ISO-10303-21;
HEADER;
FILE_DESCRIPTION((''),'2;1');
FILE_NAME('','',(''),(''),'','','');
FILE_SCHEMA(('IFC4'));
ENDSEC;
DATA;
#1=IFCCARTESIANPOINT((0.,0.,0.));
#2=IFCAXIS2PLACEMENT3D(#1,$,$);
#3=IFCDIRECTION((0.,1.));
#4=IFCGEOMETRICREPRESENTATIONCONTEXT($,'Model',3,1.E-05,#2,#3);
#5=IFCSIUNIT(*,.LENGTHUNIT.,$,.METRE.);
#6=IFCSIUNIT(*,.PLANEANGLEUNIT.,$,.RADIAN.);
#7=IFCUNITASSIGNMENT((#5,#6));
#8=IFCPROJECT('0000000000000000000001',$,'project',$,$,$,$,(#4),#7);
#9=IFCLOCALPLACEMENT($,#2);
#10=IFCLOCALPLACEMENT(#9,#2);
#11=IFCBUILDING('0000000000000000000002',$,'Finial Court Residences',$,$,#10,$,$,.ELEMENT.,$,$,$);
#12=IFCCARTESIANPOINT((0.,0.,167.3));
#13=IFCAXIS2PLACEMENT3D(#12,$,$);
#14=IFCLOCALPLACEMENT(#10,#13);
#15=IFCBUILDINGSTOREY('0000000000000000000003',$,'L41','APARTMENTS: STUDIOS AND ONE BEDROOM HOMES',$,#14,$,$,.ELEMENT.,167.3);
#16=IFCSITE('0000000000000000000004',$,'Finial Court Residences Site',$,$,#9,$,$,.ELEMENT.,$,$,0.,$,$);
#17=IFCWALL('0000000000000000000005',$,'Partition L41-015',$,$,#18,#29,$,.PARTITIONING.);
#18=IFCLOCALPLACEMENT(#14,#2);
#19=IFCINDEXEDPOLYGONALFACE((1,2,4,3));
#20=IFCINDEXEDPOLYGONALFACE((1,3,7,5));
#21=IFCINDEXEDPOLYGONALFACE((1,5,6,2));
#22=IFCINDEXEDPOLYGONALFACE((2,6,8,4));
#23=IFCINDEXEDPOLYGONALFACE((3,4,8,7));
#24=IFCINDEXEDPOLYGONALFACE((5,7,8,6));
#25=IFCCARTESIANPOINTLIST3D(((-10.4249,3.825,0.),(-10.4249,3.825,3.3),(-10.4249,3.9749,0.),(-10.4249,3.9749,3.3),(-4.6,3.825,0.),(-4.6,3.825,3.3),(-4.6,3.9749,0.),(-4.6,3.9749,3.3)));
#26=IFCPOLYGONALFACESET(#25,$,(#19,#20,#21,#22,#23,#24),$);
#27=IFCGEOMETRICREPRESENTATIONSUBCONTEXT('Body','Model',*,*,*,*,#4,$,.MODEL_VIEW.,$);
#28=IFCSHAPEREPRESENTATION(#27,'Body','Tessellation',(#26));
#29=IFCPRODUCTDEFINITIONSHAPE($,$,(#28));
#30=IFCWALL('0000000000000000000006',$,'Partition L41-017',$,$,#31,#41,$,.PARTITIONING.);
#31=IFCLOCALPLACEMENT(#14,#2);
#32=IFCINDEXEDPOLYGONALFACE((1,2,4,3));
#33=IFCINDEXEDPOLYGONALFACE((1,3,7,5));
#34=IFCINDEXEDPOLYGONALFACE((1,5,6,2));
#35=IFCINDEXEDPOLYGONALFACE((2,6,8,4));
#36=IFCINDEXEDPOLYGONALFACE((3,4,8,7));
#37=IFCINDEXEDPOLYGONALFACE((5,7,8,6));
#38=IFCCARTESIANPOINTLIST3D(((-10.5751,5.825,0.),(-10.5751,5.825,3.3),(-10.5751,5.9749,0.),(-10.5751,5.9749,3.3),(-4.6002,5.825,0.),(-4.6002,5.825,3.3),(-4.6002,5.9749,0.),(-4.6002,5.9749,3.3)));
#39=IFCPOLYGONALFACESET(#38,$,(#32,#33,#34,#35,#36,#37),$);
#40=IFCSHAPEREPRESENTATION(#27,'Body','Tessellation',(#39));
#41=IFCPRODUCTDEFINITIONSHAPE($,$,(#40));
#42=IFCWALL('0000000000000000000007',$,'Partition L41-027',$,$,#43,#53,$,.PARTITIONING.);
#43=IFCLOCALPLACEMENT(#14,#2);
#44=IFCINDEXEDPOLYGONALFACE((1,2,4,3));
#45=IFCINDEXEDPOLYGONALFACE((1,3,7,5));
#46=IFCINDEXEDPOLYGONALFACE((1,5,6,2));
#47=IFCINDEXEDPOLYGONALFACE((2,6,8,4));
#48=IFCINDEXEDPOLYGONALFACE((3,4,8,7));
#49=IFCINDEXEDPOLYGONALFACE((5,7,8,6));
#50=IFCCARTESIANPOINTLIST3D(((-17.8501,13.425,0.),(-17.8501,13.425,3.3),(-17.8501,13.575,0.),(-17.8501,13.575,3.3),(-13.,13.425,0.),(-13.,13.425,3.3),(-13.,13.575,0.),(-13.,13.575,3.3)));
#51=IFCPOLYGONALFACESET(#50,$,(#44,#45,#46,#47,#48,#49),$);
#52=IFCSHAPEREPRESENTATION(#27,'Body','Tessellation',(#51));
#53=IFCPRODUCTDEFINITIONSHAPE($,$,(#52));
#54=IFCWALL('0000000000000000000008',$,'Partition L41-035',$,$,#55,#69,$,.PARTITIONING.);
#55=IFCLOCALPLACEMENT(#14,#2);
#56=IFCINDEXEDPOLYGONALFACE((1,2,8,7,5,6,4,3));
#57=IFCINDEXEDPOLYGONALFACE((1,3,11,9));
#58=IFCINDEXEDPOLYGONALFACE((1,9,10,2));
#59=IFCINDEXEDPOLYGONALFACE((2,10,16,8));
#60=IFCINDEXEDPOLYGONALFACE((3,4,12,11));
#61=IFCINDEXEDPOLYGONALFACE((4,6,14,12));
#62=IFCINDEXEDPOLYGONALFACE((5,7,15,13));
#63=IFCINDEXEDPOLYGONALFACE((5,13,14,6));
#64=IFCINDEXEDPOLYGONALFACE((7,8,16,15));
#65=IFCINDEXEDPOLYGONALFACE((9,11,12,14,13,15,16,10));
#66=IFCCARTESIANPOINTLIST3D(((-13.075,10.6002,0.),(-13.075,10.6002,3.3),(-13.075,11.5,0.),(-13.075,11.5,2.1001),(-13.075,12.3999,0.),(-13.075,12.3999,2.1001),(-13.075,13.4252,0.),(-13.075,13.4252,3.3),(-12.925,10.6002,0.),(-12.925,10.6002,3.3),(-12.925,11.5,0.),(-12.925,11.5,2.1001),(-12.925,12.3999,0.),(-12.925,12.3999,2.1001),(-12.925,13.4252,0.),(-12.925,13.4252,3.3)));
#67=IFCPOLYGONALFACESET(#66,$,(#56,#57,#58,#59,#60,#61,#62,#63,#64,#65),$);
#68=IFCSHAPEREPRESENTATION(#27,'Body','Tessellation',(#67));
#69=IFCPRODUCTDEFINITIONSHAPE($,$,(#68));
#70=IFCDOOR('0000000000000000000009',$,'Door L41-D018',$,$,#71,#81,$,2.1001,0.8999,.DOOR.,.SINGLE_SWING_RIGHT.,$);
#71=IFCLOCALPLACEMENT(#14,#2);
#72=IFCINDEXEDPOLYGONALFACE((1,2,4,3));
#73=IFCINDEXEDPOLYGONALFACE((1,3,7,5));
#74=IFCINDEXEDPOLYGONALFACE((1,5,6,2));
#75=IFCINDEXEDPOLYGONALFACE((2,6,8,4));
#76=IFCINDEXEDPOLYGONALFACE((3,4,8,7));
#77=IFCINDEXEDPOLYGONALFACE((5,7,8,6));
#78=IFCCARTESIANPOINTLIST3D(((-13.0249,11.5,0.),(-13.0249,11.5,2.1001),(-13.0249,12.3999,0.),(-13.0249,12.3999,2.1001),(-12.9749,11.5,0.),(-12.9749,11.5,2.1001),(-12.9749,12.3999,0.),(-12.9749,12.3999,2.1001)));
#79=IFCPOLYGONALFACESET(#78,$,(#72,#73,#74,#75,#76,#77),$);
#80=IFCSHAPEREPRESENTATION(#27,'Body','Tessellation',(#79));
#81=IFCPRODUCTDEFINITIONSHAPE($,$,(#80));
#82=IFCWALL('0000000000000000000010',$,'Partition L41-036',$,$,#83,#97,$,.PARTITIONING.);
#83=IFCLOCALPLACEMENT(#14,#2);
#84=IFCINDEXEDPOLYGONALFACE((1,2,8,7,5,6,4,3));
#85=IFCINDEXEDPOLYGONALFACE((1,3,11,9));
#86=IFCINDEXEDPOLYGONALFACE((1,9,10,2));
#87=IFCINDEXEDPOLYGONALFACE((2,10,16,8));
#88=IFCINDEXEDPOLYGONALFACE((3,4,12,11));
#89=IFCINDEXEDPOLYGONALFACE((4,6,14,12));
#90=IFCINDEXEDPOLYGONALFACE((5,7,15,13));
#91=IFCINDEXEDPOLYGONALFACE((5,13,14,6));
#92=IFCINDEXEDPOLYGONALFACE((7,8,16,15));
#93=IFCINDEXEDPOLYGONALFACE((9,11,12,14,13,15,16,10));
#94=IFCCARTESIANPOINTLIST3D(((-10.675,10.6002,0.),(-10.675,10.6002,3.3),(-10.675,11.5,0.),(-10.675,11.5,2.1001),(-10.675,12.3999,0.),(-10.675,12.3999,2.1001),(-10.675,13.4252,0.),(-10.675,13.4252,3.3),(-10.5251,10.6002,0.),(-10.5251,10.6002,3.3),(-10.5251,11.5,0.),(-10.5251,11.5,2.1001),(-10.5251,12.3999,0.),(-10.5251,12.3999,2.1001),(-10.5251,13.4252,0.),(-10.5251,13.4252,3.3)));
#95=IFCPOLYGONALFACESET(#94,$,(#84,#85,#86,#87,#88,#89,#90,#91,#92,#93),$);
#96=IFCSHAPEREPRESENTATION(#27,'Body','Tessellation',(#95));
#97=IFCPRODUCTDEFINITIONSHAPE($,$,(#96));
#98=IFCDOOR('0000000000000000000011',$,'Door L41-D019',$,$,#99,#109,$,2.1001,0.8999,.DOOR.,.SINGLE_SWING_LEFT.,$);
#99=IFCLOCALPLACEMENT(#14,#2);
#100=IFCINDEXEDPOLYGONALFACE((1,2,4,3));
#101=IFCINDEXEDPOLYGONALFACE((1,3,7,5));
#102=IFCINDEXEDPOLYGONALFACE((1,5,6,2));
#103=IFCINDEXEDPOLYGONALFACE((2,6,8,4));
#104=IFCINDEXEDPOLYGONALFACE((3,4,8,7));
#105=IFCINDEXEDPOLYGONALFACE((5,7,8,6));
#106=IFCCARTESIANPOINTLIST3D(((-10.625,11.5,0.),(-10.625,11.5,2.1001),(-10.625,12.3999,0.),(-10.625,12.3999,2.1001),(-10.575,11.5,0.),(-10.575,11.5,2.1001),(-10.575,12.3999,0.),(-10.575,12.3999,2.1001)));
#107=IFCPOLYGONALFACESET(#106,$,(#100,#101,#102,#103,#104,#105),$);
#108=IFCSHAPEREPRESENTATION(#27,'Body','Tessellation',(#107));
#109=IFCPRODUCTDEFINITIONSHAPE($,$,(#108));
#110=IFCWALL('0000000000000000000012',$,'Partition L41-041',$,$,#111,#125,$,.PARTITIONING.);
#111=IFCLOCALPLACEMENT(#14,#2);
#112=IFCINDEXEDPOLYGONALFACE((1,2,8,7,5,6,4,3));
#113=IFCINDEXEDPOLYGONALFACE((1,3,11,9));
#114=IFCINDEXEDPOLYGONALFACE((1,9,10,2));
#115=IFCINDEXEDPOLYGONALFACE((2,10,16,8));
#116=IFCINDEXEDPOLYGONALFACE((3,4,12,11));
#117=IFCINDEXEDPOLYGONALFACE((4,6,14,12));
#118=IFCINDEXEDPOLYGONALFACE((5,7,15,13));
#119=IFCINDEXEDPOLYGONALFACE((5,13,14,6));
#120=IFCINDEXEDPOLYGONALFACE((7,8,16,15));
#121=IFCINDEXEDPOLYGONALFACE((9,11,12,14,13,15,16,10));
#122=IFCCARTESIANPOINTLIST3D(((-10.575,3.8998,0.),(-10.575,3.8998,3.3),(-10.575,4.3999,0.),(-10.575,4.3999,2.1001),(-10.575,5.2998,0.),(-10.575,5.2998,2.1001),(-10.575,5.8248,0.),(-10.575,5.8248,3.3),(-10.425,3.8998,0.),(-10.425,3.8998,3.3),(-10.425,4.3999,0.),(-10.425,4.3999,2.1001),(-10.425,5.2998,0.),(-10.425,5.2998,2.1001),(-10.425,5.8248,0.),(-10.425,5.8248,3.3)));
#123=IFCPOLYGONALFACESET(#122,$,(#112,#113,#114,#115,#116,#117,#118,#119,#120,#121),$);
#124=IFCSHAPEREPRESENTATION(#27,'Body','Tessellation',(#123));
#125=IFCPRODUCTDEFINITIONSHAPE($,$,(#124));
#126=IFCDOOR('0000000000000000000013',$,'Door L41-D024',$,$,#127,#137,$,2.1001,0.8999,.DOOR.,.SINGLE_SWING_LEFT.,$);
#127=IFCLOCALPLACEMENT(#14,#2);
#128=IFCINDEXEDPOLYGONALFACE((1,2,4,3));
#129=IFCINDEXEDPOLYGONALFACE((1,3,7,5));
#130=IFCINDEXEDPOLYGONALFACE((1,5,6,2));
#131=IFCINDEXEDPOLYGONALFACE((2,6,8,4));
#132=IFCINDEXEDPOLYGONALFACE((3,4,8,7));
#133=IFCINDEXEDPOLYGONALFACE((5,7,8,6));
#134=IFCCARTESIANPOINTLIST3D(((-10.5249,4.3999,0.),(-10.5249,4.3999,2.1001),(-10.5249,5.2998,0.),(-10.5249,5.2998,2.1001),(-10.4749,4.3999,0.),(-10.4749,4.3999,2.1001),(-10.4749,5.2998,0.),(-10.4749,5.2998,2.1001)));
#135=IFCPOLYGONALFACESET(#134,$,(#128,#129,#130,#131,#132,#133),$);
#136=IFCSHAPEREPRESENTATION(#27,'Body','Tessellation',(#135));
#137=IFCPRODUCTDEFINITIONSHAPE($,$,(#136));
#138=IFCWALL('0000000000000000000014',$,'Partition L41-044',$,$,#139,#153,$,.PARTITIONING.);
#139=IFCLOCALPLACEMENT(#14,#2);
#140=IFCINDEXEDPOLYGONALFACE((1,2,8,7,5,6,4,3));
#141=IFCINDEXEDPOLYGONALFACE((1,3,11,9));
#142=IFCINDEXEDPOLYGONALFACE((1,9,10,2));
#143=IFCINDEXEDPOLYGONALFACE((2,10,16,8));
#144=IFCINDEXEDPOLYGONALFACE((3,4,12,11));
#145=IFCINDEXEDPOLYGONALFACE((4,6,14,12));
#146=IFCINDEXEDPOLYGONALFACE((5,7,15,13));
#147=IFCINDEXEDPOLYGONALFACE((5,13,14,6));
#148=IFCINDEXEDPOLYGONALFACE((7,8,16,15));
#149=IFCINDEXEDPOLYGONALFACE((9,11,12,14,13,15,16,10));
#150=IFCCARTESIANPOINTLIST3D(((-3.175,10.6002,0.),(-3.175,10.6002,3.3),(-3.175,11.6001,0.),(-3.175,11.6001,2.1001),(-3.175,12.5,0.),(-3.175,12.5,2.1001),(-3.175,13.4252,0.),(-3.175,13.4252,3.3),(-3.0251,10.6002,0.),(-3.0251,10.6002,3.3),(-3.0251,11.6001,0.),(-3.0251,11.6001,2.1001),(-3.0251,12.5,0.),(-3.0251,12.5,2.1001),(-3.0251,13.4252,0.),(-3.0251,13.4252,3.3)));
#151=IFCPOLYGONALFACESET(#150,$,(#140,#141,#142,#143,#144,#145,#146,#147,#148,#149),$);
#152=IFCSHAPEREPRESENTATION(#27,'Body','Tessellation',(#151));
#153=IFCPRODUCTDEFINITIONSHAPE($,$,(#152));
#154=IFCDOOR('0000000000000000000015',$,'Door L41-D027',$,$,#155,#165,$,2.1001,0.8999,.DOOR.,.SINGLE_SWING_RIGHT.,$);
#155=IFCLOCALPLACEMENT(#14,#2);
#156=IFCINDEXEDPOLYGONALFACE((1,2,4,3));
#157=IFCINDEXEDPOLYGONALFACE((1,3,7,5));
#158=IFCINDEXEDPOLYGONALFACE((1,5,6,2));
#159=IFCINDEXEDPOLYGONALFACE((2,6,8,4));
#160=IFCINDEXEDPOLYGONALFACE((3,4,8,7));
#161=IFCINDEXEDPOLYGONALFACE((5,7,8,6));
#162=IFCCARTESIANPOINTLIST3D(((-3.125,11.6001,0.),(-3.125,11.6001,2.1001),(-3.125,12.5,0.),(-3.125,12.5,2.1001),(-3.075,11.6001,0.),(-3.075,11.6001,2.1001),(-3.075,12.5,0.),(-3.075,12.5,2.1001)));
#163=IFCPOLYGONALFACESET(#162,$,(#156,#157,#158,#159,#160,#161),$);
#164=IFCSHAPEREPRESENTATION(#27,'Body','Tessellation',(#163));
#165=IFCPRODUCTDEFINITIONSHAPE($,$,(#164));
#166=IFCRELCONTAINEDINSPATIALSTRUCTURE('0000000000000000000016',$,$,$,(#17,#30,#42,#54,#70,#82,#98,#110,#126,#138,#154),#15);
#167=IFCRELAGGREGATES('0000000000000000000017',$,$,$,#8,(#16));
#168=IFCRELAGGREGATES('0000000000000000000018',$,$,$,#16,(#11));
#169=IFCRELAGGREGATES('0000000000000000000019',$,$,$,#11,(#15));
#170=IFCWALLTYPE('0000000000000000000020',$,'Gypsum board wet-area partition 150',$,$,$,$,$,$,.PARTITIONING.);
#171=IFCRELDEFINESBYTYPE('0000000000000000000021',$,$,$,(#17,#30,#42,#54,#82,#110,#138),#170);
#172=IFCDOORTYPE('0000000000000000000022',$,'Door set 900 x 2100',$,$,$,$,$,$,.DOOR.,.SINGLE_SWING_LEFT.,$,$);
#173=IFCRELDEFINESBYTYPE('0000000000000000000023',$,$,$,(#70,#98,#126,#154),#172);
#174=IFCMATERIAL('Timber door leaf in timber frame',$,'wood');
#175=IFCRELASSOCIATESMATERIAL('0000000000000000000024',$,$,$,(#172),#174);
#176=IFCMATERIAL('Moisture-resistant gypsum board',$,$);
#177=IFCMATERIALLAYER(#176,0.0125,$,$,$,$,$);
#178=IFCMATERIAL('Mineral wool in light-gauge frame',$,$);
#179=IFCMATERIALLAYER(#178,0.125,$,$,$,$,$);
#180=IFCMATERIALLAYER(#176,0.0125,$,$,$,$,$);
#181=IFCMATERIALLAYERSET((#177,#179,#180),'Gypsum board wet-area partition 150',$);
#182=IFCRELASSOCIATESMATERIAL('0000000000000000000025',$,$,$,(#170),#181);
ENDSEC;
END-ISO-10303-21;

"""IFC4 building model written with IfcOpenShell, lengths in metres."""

from ifc_helpers import new_model, si_unit, direction, frame, frame_2d, origin, place, context, subcontext, project, spatial, rectangle, extrude, material, layer, layer_set, type_object, element, fill, save


model = new_model("IFC4")

# Units and contexts
model_context = context("Model", 3, precision=1e-05, world=origin(), true_north=direction((0.0, 1.0)))
body_context = subcontext(model_context, "Body", "Model", "MODEL_VIEW")
ifc_project = project(units=[si_unit("LENGTHUNIT", "METRE"), si_unit("PLANEANGLEUNIT", "RADIAN")], contexts=[model_context])

# Site, building, storey
site_placement = place(None, origin())
site = spatial("IfcSite", under=ifc_project, at=site_placement, Name="Finial Court Residences Site", CompositionType="ELEMENT", RefElevation=0.0)
building_placement = place(site_placement, origin())
building = spatial("IfcBuilding", under=site, at=building_placement, Name="Finial Court Residences", CompositionType="ELEMENT")
storey_placement = place(building_placement, frame((0.0, 0.0, 167.3)))
storey = spatial("IfcBuildingStorey", under=building, at=storey_placement, Name="L41", Description="APARTMENTS: STUDIOS AND ONE BEDROOM HOMES", CompositionType="ELEMENT", Elevation=167.3)

# Shared definitions
ifc_material_1 = material(Name="Mineral wool in light-gauge frame")
ifc_material_2 = material(Name="Timber door leaf in timber frame", Category="wood")
door_type = type_object("IfcDoorType", Name="Door set 900 x 2100", OperationType="SINGLE_SWING_LEFT", PredefinedType="DOOR", material=ifc_material_2)

# Walls
ifc_material_3 = material(Name="Moisture-resistant gypsum board")
ifc_layer_1 = layer(ifc_material_3, 0.0125)
ifc_layer_2 = layer(ifc_material_1, 0.125)
ifc_layer_3 = layer(ifc_material_3, 0.0125)
ifc_layer_set_1 = layer_set([ifc_layer_1, ifc_layer_2, ifc_layer_3], Name="Gypsum board wet-area partition 150")
wall_type_1 = type_object("IfcWallType", Name="Gypsum board wet-area partition 150", PredefinedType="PARTITIONING", material=ifc_layer_set_1)
wall_1_placement = place(storey_placement, frame((-10.425, 3.8999, 0.0), z_axis=(0.0, 0.0, 1.0), x_axis=(1.0, 0.0, 0.0)))
element("IfcWall", 1, at=wall_1_placement, inside=storey, type_object=wall_type_1, Name="Partition L41-015", PredefinedType="PARTITIONING", context=body_context, shape_type="SweptSolid", body=[
    extrude(rectangle(XDim=5.825, YDim=0.1499, at=frame_2d((2.9126, 0.0))), origin(), (0.0, 0.0, 1.0), 3.3),
])
wall_2_placement = place(storey_placement, frame((-10.575, 5.8999, 0.0), z_axis=(0.0, 0.0, 1.0), x_axis=(1.0, 0.0, 0.0)))
element("IfcWall", 2, at=wall_2_placement, inside=storey, type_object=wall_type_1, Name="Partition L41-017", PredefinedType="PARTITIONING", context=body_context, shape_type="SweptSolid", body=[
    extrude(rectangle(XDim=5.9749, YDim=0.1499, at=frame_2d((2.9873, 0.0))), origin(), (0.0, 0.0, 1.0), 3.3),
])
wall_3_placement = place(storey_placement, frame((-17.8501, 13.5, 0.0), z_axis=(0.0, 0.0, 1.0), x_axis=(1.0, 0.0, 0.0)))
element("IfcWall", 3, at=wall_3_placement, inside=storey, type_object=wall_type_1, Name="Partition L41-027", PredefinedType="PARTITIONING", context=body_context, shape_type="SweptSolid", body=[
    extrude(rectangle(XDim=4.8501, YDim=0.1499, at=frame_2d((2.425, 0.0))), origin(), (0.0, 0.0, 1.0), 3.3),
])

# Walls, openings, doors
wall_4_placement = place(storey_placement, frame((-13.0, 10.6001, 0.0), z_axis=(0.0, 0.0, 1.0), x_axis=(0.0, 1.0, 0.0)))
wall_4 = element("IfcWall", 4, at=wall_4_placement, inside=storey, type_object=wall_type_1, Name="Partition L41-035", PredefinedType="PARTITIONING", context=body_context, shape_type="SweptSolid", body=[
    extrude(rectangle(XDim=2.825, YDim=0.1499, at=frame_2d((1.4126, 0.0))), origin(), (0.0, 0.0, 1.0), 3.3),
])
opening_1_placement = place(wall_4_placement, frame((0.8999, 0.0, 0.0)))
opening_1 = element("IfcOpeningElement", 5, at=opening_1_placement, cuts=wall_4, PredefinedType="OPENING", context=body_context, shape_type="SweptSolid", body=[
    extrude(rectangle(XDim=0.8999, YDim=2.1001, at=frame_2d((0.45, 1.05))), frame((0.0, 0.085, 0.0), z_axis=(0.0, -1.0, 0.0), x_axis=(1.0, 0.0, 0.0)), (0.0, 0.0, 1.0), 0.1699),
])
door_1_placement = place(opening_1_placement, origin())
door_1 = element("IfcDoor", 6, at=door_1_placement, inside=storey, type_object=door_type, Name="Door L41-D018", OperationType="SINGLE_SWING_RIGHT", OverallHeight=2.1001, OverallWidth=0.8999, PredefinedType="DOOR", context=body_context, shape_type="SweptSolid", body=[
    extrude(rectangle(XDim=0.8999, YDim=2.1001, at=frame_2d((0.45, 1.05))), frame((0.0, 0.0249, 0.0), z_axis=(0.0, -1.0, 0.0), x_axis=(1.0, 0.0, 0.0)), (0.0, 0.0, 1.0), 0.05),
])
fill(opening_1, door_1)
wall_5_placement = place(storey_placement, frame((-10.6001, 10.6001, 0.0), z_axis=(0.0, 0.0, 1.0), x_axis=(0.0, 1.0, 0.0)))
wall_5 = element("IfcWall", 7, at=wall_5_placement, inside=storey, type_object=wall_type_1, Name="Partition L41-036", PredefinedType="PARTITIONING", context=body_context, shape_type="SweptSolid", body=[
    extrude(rectangle(XDim=2.825, YDim=0.1499, at=frame_2d((1.4126, 0.0))), origin(), (0.0, 0.0, 1.0), 3.3),
])
opening_2_placement = place(wall_5_placement, frame((0.8999, 0.0, 0.0)))
opening_2 = element("IfcOpeningElement", 8, at=opening_2_placement, cuts=wall_5, PredefinedType="OPENING", context=body_context, shape_type="SweptSolid", body=[
    extrude(rectangle(XDim=0.8999, YDim=2.1001, at=frame_2d((0.45, 1.05))), frame((0.0, 0.085, 0.0), z_axis=(0.0, -1.0, 0.0), x_axis=(1.0, 0.0, 0.0)), (0.0, 0.0, 1.0), 0.1699),
])
door_2_placement = place(opening_2_placement, origin())
door_2 = element("IfcDoor", 9, at=door_2_placement, inside=storey, type_object=door_type, Name="Door L41-D019", OperationType="SINGLE_SWING_LEFT", OverallHeight=2.1001, OverallWidth=0.8999, PredefinedType="DOOR", context=body_context, shape_type="SweptSolid", body=[
    extrude(rectangle(XDim=0.8999, YDim=2.1001, at=frame_2d((0.45, 1.05))), frame((0.0, 0.0249, 0.0), z_axis=(0.0, -1.0, 0.0), x_axis=(1.0, 0.0, 0.0)), (0.0, 0.0, 1.0), 0.05),
])
fill(opening_2, door_2)
wall_6_placement = place(storey_placement, frame((-10.5, 3.8999, 0.0), z_axis=(0.0, 0.0, 1.0), x_axis=(0.0, 1.0, 0.0)))
wall_6 = element("IfcWall", 10, at=wall_6_placement, inside=storey, type_object=wall_type_1, Name="Partition L41-041", PredefinedType="PARTITIONING", context=body_context, shape_type="SweptSolid", body=[
    extrude(rectangle(XDim=1.925, YDim=0.1499, at=frame_2d((0.9624, 0.0))), origin(), (0.0, 0.0, 1.0), 3.3),
])
opening_3_placement = place(wall_6_placement, frame((0.5, 0.0, 0.0)))
opening_3 = element("IfcOpeningElement", 11, at=opening_3_placement, cuts=wall_6, PredefinedType="OPENING", context=body_context, shape_type="SweptSolid", body=[
    extrude(rectangle(XDim=0.8999, YDim=2.1001, at=frame_2d((0.45, 1.05))), frame((0.0, 0.085, 0.0), z_axis=(0.0, -1.0, 0.0), x_axis=(1.0, 0.0, 0.0)), (0.0, 0.0, 1.0), 0.1699),
])
door_3_placement = place(opening_3_placement, origin())
door_3 = element("IfcDoor", 12, at=door_3_placement, inside=storey, type_object=door_type, Name="Door L41-D024", OperationType="SINGLE_SWING_LEFT", OverallHeight=2.1001, OverallWidth=0.8999, PredefinedType="DOOR", context=body_context, shape_type="SweptSolid", body=[
    extrude(rectangle(XDim=0.8999, YDim=2.1001, at=frame_2d((0.45, 1.05))), frame((0.0, 0.0249, 0.0), z_axis=(0.0, -1.0, 0.0), x_axis=(1.0, 0.0, 0.0)), (0.0, 0.0, 1.0), 0.05),
])
fill(opening_3, door_3)
wall_7_placement = place(storey_placement, frame((-3.1001, 10.6001, 0.0), z_axis=(0.0, 0.0, 1.0), x_axis=(0.0, 1.0, 0.0)))
wall_7 = element("IfcWall", 13, at=wall_7_placement, inside=storey, type_object=wall_type_1, Name="Partition L41-044", PredefinedType="PARTITIONING", context=body_context, shape_type="SweptSolid", body=[
    extrude(rectangle(XDim=2.825, YDim=0.1499, at=frame_2d((1.4126, 0.0))), origin(), (0.0, 0.0, 1.0), 3.3),
])
opening_4_placement = place(wall_7_placement, frame((1.0, 0.0, 0.0)))
opening_4 = element("IfcOpeningElement", 14, at=opening_4_placement, cuts=wall_7, PredefinedType="OPENING", context=body_context, shape_type="SweptSolid", body=[
    extrude(rectangle(XDim=0.8999, YDim=2.1001, at=frame_2d((0.45, 1.05))), frame((0.0, 0.085, 0.0), z_axis=(0.0, -1.0, 0.0), x_axis=(1.0, 0.0, 0.0)), (0.0, 0.0, 1.0), 0.1699),
])
door_4_placement = place(opening_4_placement, origin())
door_4 = element("IfcDoor", 15, at=door_4_placement, inside=storey, type_object=door_type, Name="Door L41-D027", OperationType="SINGLE_SWING_RIGHT", OverallHeight=2.1001, OverallWidth=0.8999, PredefinedType="DOOR", context=body_context, shape_type="SweptSolid", body=[
    extrude(rectangle(XDim=0.8999, YDim=2.1001, at=frame_2d((0.45, 1.05))), frame((0.0, 0.0249, 0.0), z_axis=(0.0, -1.0, 0.0), x_axis=(1.0, 0.0, 0.0)), (0.0, 0.0, 1.0), 0.05),
])
fill(opening_4, door_4)

save(model, "model.ifc")
